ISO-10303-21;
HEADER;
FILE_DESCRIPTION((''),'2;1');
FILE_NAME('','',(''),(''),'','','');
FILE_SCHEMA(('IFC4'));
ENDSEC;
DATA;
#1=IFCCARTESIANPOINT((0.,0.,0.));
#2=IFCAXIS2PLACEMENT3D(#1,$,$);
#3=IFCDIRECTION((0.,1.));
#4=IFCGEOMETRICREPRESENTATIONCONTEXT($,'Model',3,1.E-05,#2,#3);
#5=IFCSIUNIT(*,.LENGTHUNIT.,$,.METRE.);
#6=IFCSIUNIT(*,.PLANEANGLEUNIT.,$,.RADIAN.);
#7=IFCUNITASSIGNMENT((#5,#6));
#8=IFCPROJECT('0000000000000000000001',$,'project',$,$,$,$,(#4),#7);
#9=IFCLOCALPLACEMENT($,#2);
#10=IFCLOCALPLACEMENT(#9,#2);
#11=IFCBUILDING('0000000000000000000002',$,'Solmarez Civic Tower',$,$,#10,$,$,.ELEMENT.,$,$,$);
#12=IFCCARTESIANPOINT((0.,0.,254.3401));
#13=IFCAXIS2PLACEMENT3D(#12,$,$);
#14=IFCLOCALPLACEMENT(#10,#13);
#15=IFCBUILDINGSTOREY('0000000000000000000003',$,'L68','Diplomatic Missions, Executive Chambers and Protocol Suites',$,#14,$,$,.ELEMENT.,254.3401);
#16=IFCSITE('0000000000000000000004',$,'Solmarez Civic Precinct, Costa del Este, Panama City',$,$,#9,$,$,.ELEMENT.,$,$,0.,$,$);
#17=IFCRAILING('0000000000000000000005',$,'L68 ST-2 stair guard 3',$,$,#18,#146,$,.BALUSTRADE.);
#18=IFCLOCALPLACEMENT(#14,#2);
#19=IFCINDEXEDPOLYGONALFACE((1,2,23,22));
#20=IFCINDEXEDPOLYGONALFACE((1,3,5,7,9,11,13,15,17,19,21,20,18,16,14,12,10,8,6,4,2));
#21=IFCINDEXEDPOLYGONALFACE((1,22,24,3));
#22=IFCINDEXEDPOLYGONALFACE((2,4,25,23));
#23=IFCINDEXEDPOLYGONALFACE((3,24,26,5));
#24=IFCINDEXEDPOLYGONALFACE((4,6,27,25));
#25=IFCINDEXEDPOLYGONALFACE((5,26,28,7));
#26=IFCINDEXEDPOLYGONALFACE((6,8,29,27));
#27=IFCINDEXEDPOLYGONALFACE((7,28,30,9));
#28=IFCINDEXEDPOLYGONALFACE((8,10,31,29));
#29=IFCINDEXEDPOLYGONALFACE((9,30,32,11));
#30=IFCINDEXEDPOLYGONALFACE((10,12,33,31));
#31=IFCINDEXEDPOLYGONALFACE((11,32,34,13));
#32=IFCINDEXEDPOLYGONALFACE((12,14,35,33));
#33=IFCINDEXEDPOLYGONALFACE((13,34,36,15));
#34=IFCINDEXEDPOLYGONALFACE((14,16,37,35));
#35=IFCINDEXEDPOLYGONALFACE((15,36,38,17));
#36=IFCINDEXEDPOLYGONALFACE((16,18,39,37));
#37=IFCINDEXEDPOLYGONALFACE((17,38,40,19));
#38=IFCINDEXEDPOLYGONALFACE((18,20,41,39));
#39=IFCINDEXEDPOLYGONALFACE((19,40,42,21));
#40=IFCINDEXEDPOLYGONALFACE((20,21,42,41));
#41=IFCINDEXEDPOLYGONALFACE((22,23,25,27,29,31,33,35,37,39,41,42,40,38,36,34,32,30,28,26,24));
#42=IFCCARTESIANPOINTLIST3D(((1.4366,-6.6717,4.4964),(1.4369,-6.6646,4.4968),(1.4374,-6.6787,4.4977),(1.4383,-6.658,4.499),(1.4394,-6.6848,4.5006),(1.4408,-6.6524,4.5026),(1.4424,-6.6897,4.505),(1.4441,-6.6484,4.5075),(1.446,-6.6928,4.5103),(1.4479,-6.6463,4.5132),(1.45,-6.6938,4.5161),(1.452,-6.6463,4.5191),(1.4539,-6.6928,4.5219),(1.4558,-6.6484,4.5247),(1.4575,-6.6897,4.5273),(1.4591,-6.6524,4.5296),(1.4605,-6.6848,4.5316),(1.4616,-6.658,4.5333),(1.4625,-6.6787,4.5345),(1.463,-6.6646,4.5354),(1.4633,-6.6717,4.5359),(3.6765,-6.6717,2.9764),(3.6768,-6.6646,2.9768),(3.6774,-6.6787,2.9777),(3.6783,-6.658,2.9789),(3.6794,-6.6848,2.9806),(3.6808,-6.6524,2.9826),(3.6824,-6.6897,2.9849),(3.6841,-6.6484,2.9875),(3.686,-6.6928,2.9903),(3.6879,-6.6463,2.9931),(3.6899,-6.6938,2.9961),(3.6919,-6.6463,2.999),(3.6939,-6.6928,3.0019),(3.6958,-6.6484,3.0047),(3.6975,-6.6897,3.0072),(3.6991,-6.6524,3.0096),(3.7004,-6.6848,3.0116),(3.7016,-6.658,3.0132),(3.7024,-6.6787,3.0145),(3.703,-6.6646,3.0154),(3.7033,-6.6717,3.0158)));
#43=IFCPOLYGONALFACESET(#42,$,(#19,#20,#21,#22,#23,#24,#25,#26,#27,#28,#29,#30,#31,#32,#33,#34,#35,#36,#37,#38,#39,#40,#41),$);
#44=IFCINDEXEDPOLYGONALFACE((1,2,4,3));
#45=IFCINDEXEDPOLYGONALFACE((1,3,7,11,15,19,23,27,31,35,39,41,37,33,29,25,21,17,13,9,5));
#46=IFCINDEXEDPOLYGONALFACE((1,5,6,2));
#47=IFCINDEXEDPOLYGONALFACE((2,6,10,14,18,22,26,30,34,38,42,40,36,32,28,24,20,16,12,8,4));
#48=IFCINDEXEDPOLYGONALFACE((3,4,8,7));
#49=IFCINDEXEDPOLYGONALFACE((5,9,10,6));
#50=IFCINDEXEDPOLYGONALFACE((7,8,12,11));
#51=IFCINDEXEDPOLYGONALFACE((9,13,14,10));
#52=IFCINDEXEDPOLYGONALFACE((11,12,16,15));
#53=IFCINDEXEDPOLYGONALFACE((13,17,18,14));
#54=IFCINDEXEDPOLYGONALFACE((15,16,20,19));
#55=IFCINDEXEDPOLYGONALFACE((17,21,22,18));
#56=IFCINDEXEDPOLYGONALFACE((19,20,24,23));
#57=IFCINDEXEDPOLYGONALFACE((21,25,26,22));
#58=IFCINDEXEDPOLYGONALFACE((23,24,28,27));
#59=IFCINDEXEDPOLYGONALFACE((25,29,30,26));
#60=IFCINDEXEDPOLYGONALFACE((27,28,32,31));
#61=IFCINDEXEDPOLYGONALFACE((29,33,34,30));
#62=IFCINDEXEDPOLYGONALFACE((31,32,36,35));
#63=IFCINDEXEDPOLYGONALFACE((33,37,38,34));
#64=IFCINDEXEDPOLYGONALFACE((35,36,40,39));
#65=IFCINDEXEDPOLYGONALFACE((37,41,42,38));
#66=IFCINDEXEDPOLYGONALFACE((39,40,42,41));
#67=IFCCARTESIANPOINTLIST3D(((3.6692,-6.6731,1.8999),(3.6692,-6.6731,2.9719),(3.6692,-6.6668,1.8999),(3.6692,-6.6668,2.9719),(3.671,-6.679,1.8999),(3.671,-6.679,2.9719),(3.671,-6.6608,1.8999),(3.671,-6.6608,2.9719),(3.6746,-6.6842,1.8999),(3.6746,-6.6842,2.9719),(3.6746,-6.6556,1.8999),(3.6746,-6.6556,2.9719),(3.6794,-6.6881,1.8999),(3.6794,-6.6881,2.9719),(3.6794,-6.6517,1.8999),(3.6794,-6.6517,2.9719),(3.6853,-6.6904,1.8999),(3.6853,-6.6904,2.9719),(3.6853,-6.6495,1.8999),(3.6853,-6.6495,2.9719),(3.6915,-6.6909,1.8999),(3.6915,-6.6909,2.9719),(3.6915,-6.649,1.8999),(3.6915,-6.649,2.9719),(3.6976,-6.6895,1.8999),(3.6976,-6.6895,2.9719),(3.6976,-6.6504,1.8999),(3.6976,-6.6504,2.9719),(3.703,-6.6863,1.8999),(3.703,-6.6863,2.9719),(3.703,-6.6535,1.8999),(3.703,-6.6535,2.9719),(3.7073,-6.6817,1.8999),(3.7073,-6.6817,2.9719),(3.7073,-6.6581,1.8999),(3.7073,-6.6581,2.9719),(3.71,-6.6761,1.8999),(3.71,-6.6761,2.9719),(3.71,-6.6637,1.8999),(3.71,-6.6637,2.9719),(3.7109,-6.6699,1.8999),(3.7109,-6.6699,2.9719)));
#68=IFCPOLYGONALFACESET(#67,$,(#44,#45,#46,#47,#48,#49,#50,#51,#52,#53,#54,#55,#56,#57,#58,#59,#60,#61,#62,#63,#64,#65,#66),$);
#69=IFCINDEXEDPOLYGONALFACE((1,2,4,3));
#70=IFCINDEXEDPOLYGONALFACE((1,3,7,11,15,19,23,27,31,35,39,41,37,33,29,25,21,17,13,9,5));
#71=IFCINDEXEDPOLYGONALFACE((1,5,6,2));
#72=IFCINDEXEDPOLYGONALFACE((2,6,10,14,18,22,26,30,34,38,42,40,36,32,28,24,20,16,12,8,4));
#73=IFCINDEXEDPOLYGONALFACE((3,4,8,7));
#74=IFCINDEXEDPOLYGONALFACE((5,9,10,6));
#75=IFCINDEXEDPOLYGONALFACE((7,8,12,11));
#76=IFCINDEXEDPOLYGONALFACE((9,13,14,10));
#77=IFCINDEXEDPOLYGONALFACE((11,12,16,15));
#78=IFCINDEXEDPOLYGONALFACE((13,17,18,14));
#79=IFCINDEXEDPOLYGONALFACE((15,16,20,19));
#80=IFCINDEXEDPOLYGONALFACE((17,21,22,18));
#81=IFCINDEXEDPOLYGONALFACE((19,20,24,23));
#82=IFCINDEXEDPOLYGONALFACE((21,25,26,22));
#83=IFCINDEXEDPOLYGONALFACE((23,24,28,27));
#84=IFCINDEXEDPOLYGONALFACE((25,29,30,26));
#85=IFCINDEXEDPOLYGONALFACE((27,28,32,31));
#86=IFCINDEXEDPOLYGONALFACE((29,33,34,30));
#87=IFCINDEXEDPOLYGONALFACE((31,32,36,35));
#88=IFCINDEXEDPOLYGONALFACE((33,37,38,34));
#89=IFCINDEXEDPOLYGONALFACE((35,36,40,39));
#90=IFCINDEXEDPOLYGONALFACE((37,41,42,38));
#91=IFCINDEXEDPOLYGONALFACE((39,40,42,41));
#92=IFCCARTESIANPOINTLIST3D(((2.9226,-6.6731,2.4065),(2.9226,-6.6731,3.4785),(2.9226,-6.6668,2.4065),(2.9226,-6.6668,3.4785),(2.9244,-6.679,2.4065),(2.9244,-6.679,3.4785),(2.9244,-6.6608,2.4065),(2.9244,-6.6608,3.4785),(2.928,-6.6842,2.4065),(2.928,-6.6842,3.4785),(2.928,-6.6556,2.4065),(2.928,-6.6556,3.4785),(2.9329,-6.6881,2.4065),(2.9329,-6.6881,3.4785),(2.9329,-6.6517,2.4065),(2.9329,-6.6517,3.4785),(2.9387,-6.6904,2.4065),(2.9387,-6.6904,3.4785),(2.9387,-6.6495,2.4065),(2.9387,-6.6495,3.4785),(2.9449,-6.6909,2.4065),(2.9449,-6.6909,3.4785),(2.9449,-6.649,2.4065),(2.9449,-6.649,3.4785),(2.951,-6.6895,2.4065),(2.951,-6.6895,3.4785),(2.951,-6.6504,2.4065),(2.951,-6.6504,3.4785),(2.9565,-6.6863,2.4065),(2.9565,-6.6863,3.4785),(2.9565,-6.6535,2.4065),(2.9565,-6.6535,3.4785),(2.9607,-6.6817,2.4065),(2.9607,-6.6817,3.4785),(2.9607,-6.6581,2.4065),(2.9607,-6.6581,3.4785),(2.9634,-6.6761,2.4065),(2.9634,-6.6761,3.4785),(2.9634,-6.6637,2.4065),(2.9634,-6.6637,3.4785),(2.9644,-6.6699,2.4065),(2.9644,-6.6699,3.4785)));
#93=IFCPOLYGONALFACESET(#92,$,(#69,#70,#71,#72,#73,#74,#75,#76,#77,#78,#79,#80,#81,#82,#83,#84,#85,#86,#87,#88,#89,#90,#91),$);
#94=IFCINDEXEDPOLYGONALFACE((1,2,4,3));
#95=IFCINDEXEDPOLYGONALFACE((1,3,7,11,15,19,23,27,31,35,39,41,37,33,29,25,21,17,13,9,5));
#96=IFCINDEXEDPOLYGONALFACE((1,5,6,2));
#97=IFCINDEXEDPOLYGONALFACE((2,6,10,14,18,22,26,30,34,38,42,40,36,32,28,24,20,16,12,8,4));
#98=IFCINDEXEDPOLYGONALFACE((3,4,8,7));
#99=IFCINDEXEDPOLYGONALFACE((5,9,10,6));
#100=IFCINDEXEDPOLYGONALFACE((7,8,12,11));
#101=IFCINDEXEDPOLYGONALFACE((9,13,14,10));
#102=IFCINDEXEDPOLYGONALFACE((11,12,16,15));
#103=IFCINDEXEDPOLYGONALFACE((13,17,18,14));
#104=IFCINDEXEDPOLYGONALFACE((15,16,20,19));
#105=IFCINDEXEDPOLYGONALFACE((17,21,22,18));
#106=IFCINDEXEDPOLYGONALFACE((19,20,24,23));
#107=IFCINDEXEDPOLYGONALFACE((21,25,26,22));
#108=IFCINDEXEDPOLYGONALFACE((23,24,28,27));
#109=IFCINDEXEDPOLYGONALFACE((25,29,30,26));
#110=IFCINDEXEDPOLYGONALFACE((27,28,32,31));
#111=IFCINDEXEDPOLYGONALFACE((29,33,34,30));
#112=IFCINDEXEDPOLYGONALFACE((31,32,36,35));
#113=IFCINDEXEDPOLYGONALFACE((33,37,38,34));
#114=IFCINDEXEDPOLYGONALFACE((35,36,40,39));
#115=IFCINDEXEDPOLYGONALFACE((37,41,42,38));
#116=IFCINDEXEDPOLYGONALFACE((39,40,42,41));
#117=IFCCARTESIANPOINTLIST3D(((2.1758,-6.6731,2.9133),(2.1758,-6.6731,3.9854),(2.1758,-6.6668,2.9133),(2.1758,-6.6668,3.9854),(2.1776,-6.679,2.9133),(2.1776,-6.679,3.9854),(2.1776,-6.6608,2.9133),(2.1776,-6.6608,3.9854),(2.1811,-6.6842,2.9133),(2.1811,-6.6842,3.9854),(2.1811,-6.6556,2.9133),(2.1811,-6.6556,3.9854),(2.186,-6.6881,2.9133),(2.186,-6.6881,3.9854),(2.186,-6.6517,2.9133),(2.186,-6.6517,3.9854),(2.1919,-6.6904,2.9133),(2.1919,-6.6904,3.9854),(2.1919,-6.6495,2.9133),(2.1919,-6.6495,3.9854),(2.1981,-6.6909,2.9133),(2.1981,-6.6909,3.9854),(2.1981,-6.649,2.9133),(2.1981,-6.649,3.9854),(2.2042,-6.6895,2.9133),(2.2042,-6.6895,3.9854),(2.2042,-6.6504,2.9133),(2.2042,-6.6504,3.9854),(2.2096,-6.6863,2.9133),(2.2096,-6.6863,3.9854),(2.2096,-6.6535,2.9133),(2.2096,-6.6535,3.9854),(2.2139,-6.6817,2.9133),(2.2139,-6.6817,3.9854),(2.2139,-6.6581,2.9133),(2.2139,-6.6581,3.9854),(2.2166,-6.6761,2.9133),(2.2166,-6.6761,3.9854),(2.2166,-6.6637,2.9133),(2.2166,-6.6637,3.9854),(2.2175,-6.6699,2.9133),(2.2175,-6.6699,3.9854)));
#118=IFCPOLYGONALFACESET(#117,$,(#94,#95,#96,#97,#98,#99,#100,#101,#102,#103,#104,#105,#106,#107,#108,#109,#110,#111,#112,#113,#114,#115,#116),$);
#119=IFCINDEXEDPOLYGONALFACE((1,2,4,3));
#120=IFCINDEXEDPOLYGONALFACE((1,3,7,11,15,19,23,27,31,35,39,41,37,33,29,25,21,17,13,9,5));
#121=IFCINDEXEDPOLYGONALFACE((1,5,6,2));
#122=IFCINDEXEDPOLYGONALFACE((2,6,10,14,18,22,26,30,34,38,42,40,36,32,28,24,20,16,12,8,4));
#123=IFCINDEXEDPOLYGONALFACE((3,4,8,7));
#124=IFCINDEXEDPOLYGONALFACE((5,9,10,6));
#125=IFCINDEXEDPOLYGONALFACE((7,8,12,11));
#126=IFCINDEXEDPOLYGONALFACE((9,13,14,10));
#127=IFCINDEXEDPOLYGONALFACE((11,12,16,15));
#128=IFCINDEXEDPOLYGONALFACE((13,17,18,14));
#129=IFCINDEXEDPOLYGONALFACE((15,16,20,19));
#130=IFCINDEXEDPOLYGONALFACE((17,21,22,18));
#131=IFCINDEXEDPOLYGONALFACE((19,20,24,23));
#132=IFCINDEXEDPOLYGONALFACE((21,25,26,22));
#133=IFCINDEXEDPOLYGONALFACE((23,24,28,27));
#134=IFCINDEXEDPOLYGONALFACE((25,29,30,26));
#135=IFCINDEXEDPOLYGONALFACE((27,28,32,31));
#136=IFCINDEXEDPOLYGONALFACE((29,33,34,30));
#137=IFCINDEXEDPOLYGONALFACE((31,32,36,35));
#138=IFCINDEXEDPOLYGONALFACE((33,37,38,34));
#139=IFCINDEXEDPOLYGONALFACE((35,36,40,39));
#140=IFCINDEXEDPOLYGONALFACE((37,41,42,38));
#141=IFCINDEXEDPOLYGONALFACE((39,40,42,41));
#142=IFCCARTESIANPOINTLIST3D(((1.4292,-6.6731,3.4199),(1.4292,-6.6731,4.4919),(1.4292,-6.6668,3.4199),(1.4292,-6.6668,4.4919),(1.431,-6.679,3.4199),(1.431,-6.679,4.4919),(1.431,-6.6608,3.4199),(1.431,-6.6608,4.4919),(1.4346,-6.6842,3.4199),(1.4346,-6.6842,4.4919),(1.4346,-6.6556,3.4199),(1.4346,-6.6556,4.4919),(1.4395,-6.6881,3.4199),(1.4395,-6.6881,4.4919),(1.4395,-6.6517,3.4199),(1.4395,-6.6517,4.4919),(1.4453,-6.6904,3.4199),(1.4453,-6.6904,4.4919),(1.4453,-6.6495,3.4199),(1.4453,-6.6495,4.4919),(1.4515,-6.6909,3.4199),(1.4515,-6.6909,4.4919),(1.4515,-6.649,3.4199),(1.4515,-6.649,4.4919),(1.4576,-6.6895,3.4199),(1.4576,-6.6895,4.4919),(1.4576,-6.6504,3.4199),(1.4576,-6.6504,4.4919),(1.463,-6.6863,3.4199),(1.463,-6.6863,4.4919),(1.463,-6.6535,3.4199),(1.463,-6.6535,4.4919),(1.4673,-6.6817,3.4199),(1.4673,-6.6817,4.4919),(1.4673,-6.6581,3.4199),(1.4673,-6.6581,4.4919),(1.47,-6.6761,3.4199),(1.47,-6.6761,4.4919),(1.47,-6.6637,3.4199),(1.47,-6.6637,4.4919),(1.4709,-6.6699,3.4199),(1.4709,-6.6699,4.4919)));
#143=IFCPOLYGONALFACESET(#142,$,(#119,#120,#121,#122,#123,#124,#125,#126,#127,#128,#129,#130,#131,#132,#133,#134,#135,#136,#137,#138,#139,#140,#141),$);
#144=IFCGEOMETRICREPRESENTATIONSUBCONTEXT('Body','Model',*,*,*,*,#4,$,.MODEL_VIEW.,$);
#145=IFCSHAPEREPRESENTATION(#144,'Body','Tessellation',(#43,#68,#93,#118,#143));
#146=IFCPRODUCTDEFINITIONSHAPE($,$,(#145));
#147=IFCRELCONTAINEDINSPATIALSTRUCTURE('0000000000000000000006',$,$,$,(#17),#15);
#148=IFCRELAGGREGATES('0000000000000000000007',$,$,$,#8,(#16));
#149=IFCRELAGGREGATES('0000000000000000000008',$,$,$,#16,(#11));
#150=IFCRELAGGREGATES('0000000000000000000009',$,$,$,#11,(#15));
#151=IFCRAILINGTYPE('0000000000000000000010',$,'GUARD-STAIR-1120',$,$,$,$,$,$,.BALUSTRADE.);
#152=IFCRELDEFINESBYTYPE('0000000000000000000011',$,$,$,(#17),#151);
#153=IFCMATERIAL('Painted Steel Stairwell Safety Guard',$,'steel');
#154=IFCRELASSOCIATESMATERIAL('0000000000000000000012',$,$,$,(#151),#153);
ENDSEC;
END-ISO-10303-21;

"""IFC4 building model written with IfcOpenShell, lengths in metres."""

from ifc_helpers import new_model, si_unit, direction, frame, origin, origin_2d, place, context, subcontext, project, spatial, circle, extrude, material, type_object, element, save


model = new_model("IFC4")

# Units and contexts
model_context = context("Model", 3, precision=1e-05, world=origin(), true_north=direction((0.0, 1.0)))
body_context = subcontext(model_context, "Body", "Model", "MODEL_VIEW")
ifc_project = project(units=[si_unit("LENGTHUNIT", "METRE"), si_unit("PLANEANGLEUNIT", "RADIAN")], contexts=[model_context])

# Site, building, storey
site_placement = place(None, origin())
site = spatial("IfcSite", under=ifc_project, at=site_placement, Name="Solmarez Civic Precinct, Costa del Este, Panama City", CompositionType="ELEMENT", RefElevation=0.0)
building_placement = place(site_placement, origin())
building = spatial("IfcBuilding", under=site, at=building_placement, Name="Solmarez Civic Tower", CompositionType="ELEMENT")
storey_placement = place(building_placement, frame((0.0, 0.0, 254.3401)))
storey = spatial("IfcBuildingStorey", under=building, at=storey_placement, Name="L68", Description="Diplomatic Missions, Executive Chambers and Protocol Suites", CompositionType="ELEMENT", Elevation=254.3401)

# Railing
ifc_material_1 = material(Name="Painted Steel Stairwell Safety Guard", Category="steel")
railing_type_1 = type_object("IfcRailingType", Name="GUARD-STAIR-1120", PredefinedType="BALUSTRADE", material=ifc_material_1)
railing_1_placement = place(storey_placement, frame((3.6899, -6.6699, 1.8999)))
element("IfcRailing", 1, at=railing_1_placement, inside=storey, type_object=railing_type_1, Name="L68 ST-2 stair guard 3", PredefinedType="BALUSTRADE", context=body_context, shape_type="SweptSolid", body=[
    extrude(circle(Radius=0.0239, at=origin_2d()), frame((0.0, 0.0, 1.0962), z_axis=(-0.827471, 0.0, 0.561508), x_axis=(0.0, -1.0, 0.0)), (0.0, 0.0, 1.0), 2.707),
    extrude(circle(Radius=0.021, at=origin_2d()), origin(), (0.0, 0.0, 1.0), 1.072),
    extrude(circle(Radius=0.021, at=origin_2d()), frame((-0.7466, 0.0, 0.5066)), (0.0, 0.0, 1.0), 1.072),
    extrude(circle(Radius=0.021, at=origin_2d()), frame((-1.4934, 0.0, 1.0134)), (0.0, 0.0, 1.0), 1.072),
    extrude(circle(Radius=0.021, at=origin_2d()), frame((-2.24, 0.0, 1.52)), (0.0, 0.0, 1.0), 1.072),
])

save(model, "model.ifc")
